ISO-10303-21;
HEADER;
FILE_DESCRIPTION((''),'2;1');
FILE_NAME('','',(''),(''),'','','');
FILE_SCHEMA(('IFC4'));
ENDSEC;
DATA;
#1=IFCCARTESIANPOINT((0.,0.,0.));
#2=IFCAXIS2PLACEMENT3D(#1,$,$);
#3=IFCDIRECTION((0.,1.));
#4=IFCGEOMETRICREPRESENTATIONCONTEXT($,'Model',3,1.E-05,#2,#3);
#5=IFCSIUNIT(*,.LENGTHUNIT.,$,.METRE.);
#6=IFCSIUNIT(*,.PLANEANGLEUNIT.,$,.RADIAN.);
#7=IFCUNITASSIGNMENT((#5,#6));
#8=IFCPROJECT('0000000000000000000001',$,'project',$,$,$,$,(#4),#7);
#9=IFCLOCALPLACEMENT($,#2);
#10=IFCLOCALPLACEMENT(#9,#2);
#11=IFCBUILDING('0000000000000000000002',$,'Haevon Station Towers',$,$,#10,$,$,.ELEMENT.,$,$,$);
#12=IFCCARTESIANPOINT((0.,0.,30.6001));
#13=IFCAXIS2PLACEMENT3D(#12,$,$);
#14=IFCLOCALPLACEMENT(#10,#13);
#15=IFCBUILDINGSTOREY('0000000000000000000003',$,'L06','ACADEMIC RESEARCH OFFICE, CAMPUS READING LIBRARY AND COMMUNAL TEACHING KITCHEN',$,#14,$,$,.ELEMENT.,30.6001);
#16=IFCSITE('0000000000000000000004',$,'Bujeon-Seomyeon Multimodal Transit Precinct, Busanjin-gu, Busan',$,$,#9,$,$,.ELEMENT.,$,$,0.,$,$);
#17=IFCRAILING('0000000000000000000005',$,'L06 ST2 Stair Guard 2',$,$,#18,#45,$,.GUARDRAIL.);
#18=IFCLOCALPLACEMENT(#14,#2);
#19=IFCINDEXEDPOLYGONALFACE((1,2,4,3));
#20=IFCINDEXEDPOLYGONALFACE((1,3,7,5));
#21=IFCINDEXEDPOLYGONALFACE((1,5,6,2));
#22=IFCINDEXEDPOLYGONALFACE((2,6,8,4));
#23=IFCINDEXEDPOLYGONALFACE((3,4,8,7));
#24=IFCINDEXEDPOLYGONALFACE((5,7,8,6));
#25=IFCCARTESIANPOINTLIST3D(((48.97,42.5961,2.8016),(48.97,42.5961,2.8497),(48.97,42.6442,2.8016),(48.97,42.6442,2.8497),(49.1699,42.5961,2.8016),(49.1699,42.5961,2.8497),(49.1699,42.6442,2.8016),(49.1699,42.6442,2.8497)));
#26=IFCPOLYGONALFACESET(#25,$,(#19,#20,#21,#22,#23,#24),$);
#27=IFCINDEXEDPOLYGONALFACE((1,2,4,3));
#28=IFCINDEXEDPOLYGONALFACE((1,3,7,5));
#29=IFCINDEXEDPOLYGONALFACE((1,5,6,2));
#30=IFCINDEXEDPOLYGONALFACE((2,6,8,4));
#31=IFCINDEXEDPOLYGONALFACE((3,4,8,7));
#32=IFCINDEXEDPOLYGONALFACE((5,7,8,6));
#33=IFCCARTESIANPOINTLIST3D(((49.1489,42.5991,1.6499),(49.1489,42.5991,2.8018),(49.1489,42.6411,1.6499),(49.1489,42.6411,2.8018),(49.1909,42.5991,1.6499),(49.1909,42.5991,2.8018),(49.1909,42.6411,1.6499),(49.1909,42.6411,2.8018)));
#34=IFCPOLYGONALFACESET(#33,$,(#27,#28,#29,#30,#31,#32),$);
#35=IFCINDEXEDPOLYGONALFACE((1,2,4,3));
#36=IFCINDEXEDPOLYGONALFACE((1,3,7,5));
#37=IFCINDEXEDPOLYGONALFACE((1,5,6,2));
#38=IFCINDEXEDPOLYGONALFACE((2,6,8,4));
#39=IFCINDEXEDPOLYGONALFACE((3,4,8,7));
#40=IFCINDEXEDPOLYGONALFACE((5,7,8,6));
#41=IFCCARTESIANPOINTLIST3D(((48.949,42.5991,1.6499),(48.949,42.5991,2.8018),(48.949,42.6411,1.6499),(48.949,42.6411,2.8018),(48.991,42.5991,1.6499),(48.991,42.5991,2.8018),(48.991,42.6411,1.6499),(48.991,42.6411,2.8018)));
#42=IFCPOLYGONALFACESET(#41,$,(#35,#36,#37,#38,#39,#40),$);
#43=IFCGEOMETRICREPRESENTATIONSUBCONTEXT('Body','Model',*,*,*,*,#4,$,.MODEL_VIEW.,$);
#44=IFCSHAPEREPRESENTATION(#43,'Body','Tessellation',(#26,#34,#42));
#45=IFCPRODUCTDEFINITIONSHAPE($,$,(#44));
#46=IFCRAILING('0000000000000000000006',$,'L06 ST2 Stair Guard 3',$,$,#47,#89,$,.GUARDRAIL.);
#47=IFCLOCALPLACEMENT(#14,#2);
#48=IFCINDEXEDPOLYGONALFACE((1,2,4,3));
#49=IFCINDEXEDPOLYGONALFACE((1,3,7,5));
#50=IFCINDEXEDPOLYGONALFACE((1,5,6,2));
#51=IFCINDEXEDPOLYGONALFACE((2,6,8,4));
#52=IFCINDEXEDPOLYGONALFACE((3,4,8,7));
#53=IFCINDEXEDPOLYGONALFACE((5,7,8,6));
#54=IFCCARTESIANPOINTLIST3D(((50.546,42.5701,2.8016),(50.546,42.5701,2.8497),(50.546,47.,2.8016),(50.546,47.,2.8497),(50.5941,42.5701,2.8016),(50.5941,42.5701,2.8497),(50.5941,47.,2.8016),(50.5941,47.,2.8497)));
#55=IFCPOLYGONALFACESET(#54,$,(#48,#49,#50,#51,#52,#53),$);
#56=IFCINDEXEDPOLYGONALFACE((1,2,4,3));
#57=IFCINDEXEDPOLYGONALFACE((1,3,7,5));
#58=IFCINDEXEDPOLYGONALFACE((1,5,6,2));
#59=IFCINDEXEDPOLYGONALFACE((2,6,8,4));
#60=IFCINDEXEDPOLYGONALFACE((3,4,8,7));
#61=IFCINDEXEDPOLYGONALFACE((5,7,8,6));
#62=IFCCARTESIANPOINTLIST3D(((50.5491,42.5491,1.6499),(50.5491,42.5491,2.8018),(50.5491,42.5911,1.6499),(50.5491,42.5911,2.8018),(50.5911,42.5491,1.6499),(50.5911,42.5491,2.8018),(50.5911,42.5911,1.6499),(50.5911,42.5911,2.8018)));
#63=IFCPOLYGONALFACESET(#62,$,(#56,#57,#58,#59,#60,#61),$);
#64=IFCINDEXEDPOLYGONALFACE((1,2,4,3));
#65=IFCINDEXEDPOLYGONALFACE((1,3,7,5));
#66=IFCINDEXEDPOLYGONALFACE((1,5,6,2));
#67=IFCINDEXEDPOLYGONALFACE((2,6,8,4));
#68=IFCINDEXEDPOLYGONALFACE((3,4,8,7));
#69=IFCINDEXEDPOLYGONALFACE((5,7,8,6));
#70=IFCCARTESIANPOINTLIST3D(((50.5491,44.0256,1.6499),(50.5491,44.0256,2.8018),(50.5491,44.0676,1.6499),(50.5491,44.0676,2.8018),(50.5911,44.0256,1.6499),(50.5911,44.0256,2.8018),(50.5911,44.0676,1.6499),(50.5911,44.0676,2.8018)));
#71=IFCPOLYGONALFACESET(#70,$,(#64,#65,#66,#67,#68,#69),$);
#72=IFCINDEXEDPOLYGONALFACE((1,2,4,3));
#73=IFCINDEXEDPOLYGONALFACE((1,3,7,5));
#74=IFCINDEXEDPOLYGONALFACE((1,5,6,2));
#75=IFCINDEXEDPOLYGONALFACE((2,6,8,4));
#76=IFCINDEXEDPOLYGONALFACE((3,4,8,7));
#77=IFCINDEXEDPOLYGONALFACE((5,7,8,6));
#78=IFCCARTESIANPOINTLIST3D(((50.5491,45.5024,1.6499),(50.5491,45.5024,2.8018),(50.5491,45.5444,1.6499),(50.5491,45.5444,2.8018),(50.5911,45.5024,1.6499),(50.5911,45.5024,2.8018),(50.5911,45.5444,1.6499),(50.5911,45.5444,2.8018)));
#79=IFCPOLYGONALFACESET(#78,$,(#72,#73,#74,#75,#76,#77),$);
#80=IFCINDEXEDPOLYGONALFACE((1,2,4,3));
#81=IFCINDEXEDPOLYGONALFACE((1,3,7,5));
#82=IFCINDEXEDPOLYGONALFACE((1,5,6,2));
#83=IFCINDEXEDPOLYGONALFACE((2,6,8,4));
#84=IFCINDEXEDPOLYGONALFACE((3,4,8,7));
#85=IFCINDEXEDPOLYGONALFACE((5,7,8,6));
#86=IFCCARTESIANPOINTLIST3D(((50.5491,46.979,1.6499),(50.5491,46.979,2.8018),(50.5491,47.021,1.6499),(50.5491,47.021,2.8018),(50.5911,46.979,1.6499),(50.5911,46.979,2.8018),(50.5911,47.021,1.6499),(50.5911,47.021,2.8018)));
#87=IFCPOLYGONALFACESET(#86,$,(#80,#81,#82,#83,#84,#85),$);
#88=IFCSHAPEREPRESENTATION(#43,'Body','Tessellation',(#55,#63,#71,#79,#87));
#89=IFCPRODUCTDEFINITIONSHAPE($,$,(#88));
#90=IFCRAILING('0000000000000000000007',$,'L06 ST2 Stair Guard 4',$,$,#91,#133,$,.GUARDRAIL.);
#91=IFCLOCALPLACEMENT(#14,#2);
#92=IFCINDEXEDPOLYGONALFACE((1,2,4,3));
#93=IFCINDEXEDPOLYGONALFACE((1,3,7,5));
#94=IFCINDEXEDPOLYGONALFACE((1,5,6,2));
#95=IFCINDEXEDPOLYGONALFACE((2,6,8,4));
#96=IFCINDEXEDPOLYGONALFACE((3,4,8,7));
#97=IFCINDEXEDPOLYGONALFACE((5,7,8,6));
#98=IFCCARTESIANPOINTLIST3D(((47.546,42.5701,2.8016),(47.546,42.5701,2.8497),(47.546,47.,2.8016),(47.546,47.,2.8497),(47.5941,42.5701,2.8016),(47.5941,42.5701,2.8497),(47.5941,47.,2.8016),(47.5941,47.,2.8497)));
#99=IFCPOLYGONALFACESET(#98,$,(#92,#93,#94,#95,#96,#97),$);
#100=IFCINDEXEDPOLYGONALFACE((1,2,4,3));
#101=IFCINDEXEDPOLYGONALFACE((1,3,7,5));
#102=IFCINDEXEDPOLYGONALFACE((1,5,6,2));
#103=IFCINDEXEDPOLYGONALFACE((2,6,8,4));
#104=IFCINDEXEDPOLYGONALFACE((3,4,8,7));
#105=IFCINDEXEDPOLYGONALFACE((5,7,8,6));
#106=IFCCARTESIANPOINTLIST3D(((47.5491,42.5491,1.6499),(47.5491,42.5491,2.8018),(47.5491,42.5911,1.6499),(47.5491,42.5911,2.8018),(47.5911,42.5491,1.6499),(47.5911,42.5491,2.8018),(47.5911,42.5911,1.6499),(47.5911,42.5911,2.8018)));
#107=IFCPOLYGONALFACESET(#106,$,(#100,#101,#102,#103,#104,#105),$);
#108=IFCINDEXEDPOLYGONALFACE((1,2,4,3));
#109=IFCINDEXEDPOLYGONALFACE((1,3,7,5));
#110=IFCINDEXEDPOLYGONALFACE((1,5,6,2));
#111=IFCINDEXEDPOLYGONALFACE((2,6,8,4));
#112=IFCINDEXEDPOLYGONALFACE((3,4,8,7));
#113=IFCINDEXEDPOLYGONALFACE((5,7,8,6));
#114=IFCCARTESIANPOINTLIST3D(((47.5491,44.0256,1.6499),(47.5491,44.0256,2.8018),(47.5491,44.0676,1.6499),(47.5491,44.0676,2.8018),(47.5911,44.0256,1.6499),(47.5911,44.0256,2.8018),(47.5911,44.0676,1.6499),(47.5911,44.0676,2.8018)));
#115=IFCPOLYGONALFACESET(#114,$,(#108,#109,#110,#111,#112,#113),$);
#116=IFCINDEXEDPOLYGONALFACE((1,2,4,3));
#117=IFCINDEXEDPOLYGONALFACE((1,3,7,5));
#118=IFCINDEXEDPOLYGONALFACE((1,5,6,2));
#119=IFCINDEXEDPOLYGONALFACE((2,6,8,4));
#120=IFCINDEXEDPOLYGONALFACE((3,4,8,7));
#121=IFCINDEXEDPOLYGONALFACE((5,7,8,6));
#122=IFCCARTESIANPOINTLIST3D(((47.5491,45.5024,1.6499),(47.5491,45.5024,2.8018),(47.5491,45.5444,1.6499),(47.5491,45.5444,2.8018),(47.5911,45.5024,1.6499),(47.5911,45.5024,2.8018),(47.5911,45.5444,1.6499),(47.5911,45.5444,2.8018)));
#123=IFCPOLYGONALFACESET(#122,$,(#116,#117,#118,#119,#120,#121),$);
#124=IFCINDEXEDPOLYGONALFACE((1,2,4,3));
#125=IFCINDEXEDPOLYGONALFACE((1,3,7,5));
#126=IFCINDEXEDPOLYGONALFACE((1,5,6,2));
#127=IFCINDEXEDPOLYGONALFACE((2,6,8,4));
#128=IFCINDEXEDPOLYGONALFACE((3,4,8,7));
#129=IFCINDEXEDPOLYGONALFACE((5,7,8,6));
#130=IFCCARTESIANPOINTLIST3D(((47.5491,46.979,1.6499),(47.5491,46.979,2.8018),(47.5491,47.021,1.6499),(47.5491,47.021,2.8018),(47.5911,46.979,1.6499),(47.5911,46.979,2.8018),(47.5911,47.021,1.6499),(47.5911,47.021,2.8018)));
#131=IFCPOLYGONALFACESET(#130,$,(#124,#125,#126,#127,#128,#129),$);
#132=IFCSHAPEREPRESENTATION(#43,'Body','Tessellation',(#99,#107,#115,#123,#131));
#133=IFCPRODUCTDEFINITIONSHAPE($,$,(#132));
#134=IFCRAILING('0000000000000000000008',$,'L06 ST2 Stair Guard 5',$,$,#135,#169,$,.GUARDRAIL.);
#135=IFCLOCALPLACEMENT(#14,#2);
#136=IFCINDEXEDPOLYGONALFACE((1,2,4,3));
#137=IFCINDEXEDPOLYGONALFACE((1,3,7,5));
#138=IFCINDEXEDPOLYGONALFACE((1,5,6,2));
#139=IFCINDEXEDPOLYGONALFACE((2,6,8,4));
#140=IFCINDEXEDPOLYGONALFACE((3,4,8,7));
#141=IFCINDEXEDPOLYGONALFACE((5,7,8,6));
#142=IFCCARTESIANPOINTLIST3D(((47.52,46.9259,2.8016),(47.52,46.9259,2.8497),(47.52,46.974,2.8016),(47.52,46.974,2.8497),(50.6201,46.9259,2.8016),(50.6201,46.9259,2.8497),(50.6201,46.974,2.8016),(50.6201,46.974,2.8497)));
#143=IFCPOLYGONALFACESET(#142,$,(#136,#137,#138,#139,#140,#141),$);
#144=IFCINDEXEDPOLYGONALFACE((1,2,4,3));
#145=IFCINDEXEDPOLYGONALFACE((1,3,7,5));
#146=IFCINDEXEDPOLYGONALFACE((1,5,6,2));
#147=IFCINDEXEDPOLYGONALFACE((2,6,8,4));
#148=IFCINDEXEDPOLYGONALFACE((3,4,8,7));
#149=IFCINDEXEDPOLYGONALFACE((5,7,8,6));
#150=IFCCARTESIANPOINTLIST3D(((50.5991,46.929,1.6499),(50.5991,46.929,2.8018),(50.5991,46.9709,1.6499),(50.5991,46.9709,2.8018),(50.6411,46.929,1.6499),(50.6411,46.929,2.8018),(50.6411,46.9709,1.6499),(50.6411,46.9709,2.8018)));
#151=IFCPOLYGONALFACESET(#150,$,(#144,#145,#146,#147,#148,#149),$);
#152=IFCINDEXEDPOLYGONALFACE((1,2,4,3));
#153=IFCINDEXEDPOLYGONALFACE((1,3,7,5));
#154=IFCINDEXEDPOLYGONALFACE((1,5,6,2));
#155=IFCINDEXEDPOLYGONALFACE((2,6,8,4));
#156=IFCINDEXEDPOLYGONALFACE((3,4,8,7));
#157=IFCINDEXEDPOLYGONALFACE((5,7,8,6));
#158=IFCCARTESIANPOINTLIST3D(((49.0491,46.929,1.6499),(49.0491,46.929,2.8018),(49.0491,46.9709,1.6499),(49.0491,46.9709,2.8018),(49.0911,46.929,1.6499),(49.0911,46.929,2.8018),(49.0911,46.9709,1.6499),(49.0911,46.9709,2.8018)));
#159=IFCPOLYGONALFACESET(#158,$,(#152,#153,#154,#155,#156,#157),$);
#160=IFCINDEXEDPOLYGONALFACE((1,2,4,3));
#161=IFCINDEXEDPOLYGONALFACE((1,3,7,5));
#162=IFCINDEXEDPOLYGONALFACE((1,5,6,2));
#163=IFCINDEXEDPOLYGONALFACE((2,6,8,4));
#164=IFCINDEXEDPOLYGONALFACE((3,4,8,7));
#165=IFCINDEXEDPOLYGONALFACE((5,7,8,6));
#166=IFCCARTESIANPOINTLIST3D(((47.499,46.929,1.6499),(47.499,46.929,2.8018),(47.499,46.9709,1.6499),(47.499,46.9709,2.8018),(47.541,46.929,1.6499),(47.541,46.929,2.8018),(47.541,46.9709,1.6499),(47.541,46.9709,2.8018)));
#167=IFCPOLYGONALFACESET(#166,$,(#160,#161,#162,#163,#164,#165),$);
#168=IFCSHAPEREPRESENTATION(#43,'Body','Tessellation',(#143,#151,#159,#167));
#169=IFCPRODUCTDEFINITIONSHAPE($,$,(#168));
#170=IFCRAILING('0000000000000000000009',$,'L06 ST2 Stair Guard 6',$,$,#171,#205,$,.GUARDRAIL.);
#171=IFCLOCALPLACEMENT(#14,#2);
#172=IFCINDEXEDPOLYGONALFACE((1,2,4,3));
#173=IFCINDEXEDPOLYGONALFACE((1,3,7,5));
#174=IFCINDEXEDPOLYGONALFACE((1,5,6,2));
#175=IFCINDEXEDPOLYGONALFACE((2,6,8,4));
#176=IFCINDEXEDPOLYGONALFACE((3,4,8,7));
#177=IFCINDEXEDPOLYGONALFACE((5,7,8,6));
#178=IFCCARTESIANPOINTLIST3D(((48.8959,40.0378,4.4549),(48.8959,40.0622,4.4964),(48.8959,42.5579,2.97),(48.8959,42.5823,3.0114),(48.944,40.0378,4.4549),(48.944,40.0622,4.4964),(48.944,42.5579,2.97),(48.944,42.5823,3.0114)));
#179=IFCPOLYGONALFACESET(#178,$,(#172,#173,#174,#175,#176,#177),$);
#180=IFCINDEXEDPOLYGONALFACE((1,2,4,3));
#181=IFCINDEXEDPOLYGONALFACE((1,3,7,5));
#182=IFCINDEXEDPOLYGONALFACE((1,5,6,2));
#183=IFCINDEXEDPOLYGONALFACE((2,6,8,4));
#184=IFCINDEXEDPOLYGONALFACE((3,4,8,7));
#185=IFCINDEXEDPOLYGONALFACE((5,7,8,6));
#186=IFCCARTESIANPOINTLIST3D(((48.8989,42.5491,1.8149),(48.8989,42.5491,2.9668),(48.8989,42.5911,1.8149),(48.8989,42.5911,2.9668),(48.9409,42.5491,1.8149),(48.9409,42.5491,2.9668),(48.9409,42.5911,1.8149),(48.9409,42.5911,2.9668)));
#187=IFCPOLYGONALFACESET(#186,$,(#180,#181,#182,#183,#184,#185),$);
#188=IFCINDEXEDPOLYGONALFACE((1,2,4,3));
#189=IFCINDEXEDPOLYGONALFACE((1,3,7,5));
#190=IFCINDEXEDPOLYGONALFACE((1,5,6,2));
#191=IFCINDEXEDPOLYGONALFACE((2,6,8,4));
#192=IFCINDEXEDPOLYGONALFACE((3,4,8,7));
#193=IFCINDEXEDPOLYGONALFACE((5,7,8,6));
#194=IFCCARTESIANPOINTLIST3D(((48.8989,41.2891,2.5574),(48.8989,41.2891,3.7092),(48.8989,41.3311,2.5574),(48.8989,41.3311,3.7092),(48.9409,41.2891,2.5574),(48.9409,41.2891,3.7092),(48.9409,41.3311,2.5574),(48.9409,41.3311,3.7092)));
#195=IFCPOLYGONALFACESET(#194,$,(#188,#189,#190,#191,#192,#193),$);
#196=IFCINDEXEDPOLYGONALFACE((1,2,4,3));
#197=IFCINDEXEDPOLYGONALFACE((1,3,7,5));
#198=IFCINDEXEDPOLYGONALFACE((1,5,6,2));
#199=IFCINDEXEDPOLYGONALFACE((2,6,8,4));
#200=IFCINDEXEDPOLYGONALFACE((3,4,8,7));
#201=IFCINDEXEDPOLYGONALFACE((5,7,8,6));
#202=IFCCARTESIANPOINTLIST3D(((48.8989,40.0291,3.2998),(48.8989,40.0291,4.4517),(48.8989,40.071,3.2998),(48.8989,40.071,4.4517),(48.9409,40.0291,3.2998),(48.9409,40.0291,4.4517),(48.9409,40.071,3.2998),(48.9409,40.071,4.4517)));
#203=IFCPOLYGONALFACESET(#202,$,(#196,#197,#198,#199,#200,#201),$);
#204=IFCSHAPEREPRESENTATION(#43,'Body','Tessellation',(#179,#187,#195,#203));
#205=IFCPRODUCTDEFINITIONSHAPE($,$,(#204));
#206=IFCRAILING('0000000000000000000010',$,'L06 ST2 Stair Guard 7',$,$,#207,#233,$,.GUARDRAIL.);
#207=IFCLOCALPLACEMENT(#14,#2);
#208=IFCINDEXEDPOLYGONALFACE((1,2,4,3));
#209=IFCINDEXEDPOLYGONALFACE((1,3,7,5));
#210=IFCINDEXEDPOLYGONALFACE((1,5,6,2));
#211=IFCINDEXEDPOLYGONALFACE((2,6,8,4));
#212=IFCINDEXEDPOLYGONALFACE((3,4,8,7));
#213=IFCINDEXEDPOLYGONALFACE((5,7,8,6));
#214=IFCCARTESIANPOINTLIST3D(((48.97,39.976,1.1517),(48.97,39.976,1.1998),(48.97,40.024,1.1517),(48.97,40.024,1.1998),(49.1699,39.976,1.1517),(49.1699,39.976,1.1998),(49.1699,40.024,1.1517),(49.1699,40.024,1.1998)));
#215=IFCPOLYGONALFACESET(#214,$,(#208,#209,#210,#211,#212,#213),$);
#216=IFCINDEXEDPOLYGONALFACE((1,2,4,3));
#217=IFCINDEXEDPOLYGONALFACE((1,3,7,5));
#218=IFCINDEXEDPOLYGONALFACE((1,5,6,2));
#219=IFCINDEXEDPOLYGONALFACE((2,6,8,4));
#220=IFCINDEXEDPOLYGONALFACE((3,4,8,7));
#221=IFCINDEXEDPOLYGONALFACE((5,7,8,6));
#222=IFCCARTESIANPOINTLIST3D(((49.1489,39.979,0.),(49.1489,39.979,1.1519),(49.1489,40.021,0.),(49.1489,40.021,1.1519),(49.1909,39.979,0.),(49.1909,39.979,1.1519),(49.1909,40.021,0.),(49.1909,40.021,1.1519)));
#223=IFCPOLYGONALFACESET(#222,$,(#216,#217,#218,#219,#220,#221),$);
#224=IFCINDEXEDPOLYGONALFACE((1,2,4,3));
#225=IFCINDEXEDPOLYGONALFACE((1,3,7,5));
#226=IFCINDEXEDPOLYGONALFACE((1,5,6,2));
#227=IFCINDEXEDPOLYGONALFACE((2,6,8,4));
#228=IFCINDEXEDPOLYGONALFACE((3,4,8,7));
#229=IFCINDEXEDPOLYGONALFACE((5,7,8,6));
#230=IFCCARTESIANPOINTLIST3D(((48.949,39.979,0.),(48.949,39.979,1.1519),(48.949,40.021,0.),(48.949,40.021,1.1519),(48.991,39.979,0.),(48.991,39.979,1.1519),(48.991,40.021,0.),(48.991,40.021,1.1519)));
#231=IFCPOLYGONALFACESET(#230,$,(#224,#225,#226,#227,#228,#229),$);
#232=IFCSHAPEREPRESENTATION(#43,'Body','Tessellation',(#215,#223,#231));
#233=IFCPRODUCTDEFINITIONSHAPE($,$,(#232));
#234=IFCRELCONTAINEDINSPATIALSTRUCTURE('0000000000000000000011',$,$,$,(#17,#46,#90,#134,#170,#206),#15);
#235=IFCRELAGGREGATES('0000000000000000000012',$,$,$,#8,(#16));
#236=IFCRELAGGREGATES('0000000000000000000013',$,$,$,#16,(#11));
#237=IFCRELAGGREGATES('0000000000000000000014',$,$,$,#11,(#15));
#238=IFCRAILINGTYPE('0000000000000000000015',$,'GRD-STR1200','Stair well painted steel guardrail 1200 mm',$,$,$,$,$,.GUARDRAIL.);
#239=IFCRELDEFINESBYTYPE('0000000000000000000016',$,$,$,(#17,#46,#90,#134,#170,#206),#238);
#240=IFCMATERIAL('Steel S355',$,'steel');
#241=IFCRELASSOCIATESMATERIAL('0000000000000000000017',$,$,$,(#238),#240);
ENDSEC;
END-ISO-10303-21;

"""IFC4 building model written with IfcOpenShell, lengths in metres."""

from ifc_helpers import new_model, si_unit, direction, frame, origin, origin_2d, place, context, subcontext, project, spatial, rectangle, extrude, material, type_object, element, save


model = new_model("IFC4")

# Units and contexts
model_context = context("Model", 3, precision=1e-05, world=origin(), true_north=direction((0.0, 1.0)))
body_context = subcontext(model_context, "Body", "Model", "MODEL_VIEW")
ifc_project = project(units=[si_unit("LENGTHUNIT", "METRE"), si_unit("PLANEANGLEUNIT", "RADIAN")], contexts=[model_context])

# Site, building, storey
site_placement = place(None, origin())
site = spatial("IfcSite", under=ifc_project, at=site_placement, Name="Bujeon-Seomyeon Multimodal Transit Precinct, Busanjin-gu, Busan", CompositionType="ELEMENT", RefElevation=0.0)
building_placement = place(site_placement, origin())
building = spatial("IfcBuilding", under=site, at=building_placement, Name="Haevon Station Towers", CompositionType="ELEMENT")
storey_placement = place(building_placement, frame((0.0, 0.0, 30.6001)))
storey = spatial("IfcBuildingStorey", under=building, at=storey_placement, Name="L06", Description="ACADEMIC RESEARCH OFFICE, CAMPUS READING LIBRARY AND COMMUNAL TEACHING KITCHEN", CompositionType="ELEMENT", Elevation=30.6001)

# Shared definitions
ifc_material_1 = material(Name="Steel S355", Category="steel")

# Railings
railing_type_1 = type_object("IfcRailingType", Name="GRD-STR1200", Description="Stair well painted steel guardrail 1200 mm", PredefinedType="GUARDRAIL", material=ifc_material_1)
railing_1_placement = place(storey_placement, frame((49.1699, 42.6201, 1.6499)))
element("IfcRailing", 1, at=railing_1_placement, inside=storey, type_object=railing_type_1, Name="L06 ST2 Stair Guard 2", PredefinedType="GUARDRAIL", context=body_context, shape_type="SweptSolid", body=[
    extrude(rectangle(XDim=0.0481, YDim=0.0481, at=origin_2d()), frame((0.0, 0.0, 1.1758), z_axis=(-1.0, 0.0, 0.0), x_axis=(0.0, -1.0, 0.0)), (0.0, 0.0, 1.0), 0.2),
    extrude(rectangle(XDim=0.042, YDim=0.042, at=origin_2d()), origin(), (0.0, 0.0, 1.0), 1.1519),
    extrude(rectangle(XDim=0.042, YDim=0.042, at=origin_2d()), frame((-0.2, 0.0, 0.0)), (0.0, 0.0, 1.0), 1.1519),
])
for number, where, name in (
    (2, (50.5701, 42.5701, 1.6499), "L06 ST2 Stair Guard 3"),
    (3, (47.5701, 42.5701, 1.6499), "L06 ST2 Stair Guard 4"),
):
    element("IfcRailing", number, at=place(storey_placement, frame(where)), inside=storey, type_object=railing_type_1, Name=name, PredefinedType="GUARDRAIL", context=body_context, shape_type="SweptSolid", body=[
        extrude(rectangle(XDim=0.0481, YDim=0.0481, at=origin_2d()), frame((0.0, 0.0, 1.1758), z_axis=(0.0, 1.0, 0.0), x_axis=(-1.0, 0.0, 0.0)), (0.0, 0.0, 1.0), 4.4299),
        extrude(rectangle(XDim=0.042, YDim=0.042, at=origin_2d()), origin(), (0.0, 0.0, 1.0), 1.1519),
        extrude(rectangle(XDim=0.042, YDim=0.042, at=origin_2d()), frame((0.0, 1.4766, 0.0)), (0.0, 0.0, 1.0), 1.1519),
        extrude(rectangle(XDim=0.042, YDim=0.042, at=origin_2d()), frame((0.0, 2.9534, 0.0)), (0.0, 0.0, 1.0), 1.1519),
        extrude(rectangle(XDim=0.042, YDim=0.042, at=origin_2d()), frame((0.0, 4.4299, 0.0)), (0.0, 0.0, 1.0), 1.1519),
    ])
railing_2_placement = place(storey_placement, frame((50.6201, 46.95, 1.6499)))
element("IfcRailing", 4, at=railing_2_placement, inside=storey, type_object=railing_type_1, Name="L06 ST2 Stair Guard 5", PredefinedType="GUARDRAIL", context=body_context, shape_type="SweptSolid", body=[
    extrude(rectangle(XDim=0.0481, YDim=0.0481, at=origin_2d()), frame((0.0, 0.0, 1.1758), z_axis=(-1.0, 0.0, 0.0), x_axis=(0.0, -1.0, 0.0)), (0.0, 0.0, 1.0), 3.1001),
    extrude(rectangle(XDim=0.042, YDim=0.042, at=origin_2d()), origin(), (0.0, 0.0, 1.0), 1.1519),
    extrude(rectangle(XDim=0.042, YDim=0.042, at=origin_2d()), frame((-1.55, 0.0, 0.0)), (0.0, 0.0, 1.0), 1.1519),
    extrude(rectangle(XDim=0.042, YDim=0.042, at=origin_2d()), frame((-3.1001, 0.0, 0.0)), (0.0, 0.0, 1.0), 1.1519),
])
railing_3_placement = place(storey_placement, frame((48.9199, 42.5701, 1.8149)))
element("IfcRailing", 5, at=railing_3_placement, inside=storey, type_object=railing_type_1, Name="L06 ST2 Stair Guard 6", PredefinedType="GUARDRAIL", context=body_context, shape_type="SweptSolid", body=[
    extrude(rectangle(XDim=0.0481, YDim=0.0481, at=origin_2d()), frame((0.0, 0.0, 1.1758), z_axis=(0.0, -0.861561, 0.507655), x_axis=(1.0, 0.0, 0.0)), (0.0, 0.0, 1.0), 2.925),
    extrude(rectangle(XDim=0.042, YDim=0.042, at=origin_2d()), origin(), (0.0, 0.0, 1.0), 1.1519),
    extrude(rectangle(XDim=0.042, YDim=0.042, at=origin_2d()), frame((0.0, -1.26, 0.7424)), (0.0, 0.0, 1.0), 1.1519),
    extrude(rectangle(XDim=0.042, YDim=0.042, at=origin_2d()), frame((0.0, -2.52, 1.4849)), (0.0, 0.0, 1.0), 1.1519),
])
railing_4_placement = place(storey_placement, frame((49.1699, 40.0, 0.0)))
element("IfcRailing", 6, at=railing_4_placement, inside=storey, type_object=railing_type_1, Name="L06 ST2 Stair Guard 7", PredefinedType="GUARDRAIL", context=body_context, shape_type="SweptSolid", body=[
    extrude(rectangle(XDim=0.0481, YDim=0.0481, at=origin_2d()), frame((0.0, 0.0, 1.1758), z_axis=(-1.0, 0.0, 0.0), x_axis=(0.0, -1.0, 0.0)), (0.0, 0.0, 1.0), 0.2),
    extrude(rectangle(XDim=0.042, YDim=0.042, at=origin_2d()), origin(), (0.0, 0.0, 1.0), 1.1519),
    extrude(rectangle(XDim=0.042, YDim=0.042, at=origin_2d()), frame((-0.2, 0.0, 0.0)), (0.0, 0.0, 1.0), 1.1519),
])

save(model, "model.ifc")
